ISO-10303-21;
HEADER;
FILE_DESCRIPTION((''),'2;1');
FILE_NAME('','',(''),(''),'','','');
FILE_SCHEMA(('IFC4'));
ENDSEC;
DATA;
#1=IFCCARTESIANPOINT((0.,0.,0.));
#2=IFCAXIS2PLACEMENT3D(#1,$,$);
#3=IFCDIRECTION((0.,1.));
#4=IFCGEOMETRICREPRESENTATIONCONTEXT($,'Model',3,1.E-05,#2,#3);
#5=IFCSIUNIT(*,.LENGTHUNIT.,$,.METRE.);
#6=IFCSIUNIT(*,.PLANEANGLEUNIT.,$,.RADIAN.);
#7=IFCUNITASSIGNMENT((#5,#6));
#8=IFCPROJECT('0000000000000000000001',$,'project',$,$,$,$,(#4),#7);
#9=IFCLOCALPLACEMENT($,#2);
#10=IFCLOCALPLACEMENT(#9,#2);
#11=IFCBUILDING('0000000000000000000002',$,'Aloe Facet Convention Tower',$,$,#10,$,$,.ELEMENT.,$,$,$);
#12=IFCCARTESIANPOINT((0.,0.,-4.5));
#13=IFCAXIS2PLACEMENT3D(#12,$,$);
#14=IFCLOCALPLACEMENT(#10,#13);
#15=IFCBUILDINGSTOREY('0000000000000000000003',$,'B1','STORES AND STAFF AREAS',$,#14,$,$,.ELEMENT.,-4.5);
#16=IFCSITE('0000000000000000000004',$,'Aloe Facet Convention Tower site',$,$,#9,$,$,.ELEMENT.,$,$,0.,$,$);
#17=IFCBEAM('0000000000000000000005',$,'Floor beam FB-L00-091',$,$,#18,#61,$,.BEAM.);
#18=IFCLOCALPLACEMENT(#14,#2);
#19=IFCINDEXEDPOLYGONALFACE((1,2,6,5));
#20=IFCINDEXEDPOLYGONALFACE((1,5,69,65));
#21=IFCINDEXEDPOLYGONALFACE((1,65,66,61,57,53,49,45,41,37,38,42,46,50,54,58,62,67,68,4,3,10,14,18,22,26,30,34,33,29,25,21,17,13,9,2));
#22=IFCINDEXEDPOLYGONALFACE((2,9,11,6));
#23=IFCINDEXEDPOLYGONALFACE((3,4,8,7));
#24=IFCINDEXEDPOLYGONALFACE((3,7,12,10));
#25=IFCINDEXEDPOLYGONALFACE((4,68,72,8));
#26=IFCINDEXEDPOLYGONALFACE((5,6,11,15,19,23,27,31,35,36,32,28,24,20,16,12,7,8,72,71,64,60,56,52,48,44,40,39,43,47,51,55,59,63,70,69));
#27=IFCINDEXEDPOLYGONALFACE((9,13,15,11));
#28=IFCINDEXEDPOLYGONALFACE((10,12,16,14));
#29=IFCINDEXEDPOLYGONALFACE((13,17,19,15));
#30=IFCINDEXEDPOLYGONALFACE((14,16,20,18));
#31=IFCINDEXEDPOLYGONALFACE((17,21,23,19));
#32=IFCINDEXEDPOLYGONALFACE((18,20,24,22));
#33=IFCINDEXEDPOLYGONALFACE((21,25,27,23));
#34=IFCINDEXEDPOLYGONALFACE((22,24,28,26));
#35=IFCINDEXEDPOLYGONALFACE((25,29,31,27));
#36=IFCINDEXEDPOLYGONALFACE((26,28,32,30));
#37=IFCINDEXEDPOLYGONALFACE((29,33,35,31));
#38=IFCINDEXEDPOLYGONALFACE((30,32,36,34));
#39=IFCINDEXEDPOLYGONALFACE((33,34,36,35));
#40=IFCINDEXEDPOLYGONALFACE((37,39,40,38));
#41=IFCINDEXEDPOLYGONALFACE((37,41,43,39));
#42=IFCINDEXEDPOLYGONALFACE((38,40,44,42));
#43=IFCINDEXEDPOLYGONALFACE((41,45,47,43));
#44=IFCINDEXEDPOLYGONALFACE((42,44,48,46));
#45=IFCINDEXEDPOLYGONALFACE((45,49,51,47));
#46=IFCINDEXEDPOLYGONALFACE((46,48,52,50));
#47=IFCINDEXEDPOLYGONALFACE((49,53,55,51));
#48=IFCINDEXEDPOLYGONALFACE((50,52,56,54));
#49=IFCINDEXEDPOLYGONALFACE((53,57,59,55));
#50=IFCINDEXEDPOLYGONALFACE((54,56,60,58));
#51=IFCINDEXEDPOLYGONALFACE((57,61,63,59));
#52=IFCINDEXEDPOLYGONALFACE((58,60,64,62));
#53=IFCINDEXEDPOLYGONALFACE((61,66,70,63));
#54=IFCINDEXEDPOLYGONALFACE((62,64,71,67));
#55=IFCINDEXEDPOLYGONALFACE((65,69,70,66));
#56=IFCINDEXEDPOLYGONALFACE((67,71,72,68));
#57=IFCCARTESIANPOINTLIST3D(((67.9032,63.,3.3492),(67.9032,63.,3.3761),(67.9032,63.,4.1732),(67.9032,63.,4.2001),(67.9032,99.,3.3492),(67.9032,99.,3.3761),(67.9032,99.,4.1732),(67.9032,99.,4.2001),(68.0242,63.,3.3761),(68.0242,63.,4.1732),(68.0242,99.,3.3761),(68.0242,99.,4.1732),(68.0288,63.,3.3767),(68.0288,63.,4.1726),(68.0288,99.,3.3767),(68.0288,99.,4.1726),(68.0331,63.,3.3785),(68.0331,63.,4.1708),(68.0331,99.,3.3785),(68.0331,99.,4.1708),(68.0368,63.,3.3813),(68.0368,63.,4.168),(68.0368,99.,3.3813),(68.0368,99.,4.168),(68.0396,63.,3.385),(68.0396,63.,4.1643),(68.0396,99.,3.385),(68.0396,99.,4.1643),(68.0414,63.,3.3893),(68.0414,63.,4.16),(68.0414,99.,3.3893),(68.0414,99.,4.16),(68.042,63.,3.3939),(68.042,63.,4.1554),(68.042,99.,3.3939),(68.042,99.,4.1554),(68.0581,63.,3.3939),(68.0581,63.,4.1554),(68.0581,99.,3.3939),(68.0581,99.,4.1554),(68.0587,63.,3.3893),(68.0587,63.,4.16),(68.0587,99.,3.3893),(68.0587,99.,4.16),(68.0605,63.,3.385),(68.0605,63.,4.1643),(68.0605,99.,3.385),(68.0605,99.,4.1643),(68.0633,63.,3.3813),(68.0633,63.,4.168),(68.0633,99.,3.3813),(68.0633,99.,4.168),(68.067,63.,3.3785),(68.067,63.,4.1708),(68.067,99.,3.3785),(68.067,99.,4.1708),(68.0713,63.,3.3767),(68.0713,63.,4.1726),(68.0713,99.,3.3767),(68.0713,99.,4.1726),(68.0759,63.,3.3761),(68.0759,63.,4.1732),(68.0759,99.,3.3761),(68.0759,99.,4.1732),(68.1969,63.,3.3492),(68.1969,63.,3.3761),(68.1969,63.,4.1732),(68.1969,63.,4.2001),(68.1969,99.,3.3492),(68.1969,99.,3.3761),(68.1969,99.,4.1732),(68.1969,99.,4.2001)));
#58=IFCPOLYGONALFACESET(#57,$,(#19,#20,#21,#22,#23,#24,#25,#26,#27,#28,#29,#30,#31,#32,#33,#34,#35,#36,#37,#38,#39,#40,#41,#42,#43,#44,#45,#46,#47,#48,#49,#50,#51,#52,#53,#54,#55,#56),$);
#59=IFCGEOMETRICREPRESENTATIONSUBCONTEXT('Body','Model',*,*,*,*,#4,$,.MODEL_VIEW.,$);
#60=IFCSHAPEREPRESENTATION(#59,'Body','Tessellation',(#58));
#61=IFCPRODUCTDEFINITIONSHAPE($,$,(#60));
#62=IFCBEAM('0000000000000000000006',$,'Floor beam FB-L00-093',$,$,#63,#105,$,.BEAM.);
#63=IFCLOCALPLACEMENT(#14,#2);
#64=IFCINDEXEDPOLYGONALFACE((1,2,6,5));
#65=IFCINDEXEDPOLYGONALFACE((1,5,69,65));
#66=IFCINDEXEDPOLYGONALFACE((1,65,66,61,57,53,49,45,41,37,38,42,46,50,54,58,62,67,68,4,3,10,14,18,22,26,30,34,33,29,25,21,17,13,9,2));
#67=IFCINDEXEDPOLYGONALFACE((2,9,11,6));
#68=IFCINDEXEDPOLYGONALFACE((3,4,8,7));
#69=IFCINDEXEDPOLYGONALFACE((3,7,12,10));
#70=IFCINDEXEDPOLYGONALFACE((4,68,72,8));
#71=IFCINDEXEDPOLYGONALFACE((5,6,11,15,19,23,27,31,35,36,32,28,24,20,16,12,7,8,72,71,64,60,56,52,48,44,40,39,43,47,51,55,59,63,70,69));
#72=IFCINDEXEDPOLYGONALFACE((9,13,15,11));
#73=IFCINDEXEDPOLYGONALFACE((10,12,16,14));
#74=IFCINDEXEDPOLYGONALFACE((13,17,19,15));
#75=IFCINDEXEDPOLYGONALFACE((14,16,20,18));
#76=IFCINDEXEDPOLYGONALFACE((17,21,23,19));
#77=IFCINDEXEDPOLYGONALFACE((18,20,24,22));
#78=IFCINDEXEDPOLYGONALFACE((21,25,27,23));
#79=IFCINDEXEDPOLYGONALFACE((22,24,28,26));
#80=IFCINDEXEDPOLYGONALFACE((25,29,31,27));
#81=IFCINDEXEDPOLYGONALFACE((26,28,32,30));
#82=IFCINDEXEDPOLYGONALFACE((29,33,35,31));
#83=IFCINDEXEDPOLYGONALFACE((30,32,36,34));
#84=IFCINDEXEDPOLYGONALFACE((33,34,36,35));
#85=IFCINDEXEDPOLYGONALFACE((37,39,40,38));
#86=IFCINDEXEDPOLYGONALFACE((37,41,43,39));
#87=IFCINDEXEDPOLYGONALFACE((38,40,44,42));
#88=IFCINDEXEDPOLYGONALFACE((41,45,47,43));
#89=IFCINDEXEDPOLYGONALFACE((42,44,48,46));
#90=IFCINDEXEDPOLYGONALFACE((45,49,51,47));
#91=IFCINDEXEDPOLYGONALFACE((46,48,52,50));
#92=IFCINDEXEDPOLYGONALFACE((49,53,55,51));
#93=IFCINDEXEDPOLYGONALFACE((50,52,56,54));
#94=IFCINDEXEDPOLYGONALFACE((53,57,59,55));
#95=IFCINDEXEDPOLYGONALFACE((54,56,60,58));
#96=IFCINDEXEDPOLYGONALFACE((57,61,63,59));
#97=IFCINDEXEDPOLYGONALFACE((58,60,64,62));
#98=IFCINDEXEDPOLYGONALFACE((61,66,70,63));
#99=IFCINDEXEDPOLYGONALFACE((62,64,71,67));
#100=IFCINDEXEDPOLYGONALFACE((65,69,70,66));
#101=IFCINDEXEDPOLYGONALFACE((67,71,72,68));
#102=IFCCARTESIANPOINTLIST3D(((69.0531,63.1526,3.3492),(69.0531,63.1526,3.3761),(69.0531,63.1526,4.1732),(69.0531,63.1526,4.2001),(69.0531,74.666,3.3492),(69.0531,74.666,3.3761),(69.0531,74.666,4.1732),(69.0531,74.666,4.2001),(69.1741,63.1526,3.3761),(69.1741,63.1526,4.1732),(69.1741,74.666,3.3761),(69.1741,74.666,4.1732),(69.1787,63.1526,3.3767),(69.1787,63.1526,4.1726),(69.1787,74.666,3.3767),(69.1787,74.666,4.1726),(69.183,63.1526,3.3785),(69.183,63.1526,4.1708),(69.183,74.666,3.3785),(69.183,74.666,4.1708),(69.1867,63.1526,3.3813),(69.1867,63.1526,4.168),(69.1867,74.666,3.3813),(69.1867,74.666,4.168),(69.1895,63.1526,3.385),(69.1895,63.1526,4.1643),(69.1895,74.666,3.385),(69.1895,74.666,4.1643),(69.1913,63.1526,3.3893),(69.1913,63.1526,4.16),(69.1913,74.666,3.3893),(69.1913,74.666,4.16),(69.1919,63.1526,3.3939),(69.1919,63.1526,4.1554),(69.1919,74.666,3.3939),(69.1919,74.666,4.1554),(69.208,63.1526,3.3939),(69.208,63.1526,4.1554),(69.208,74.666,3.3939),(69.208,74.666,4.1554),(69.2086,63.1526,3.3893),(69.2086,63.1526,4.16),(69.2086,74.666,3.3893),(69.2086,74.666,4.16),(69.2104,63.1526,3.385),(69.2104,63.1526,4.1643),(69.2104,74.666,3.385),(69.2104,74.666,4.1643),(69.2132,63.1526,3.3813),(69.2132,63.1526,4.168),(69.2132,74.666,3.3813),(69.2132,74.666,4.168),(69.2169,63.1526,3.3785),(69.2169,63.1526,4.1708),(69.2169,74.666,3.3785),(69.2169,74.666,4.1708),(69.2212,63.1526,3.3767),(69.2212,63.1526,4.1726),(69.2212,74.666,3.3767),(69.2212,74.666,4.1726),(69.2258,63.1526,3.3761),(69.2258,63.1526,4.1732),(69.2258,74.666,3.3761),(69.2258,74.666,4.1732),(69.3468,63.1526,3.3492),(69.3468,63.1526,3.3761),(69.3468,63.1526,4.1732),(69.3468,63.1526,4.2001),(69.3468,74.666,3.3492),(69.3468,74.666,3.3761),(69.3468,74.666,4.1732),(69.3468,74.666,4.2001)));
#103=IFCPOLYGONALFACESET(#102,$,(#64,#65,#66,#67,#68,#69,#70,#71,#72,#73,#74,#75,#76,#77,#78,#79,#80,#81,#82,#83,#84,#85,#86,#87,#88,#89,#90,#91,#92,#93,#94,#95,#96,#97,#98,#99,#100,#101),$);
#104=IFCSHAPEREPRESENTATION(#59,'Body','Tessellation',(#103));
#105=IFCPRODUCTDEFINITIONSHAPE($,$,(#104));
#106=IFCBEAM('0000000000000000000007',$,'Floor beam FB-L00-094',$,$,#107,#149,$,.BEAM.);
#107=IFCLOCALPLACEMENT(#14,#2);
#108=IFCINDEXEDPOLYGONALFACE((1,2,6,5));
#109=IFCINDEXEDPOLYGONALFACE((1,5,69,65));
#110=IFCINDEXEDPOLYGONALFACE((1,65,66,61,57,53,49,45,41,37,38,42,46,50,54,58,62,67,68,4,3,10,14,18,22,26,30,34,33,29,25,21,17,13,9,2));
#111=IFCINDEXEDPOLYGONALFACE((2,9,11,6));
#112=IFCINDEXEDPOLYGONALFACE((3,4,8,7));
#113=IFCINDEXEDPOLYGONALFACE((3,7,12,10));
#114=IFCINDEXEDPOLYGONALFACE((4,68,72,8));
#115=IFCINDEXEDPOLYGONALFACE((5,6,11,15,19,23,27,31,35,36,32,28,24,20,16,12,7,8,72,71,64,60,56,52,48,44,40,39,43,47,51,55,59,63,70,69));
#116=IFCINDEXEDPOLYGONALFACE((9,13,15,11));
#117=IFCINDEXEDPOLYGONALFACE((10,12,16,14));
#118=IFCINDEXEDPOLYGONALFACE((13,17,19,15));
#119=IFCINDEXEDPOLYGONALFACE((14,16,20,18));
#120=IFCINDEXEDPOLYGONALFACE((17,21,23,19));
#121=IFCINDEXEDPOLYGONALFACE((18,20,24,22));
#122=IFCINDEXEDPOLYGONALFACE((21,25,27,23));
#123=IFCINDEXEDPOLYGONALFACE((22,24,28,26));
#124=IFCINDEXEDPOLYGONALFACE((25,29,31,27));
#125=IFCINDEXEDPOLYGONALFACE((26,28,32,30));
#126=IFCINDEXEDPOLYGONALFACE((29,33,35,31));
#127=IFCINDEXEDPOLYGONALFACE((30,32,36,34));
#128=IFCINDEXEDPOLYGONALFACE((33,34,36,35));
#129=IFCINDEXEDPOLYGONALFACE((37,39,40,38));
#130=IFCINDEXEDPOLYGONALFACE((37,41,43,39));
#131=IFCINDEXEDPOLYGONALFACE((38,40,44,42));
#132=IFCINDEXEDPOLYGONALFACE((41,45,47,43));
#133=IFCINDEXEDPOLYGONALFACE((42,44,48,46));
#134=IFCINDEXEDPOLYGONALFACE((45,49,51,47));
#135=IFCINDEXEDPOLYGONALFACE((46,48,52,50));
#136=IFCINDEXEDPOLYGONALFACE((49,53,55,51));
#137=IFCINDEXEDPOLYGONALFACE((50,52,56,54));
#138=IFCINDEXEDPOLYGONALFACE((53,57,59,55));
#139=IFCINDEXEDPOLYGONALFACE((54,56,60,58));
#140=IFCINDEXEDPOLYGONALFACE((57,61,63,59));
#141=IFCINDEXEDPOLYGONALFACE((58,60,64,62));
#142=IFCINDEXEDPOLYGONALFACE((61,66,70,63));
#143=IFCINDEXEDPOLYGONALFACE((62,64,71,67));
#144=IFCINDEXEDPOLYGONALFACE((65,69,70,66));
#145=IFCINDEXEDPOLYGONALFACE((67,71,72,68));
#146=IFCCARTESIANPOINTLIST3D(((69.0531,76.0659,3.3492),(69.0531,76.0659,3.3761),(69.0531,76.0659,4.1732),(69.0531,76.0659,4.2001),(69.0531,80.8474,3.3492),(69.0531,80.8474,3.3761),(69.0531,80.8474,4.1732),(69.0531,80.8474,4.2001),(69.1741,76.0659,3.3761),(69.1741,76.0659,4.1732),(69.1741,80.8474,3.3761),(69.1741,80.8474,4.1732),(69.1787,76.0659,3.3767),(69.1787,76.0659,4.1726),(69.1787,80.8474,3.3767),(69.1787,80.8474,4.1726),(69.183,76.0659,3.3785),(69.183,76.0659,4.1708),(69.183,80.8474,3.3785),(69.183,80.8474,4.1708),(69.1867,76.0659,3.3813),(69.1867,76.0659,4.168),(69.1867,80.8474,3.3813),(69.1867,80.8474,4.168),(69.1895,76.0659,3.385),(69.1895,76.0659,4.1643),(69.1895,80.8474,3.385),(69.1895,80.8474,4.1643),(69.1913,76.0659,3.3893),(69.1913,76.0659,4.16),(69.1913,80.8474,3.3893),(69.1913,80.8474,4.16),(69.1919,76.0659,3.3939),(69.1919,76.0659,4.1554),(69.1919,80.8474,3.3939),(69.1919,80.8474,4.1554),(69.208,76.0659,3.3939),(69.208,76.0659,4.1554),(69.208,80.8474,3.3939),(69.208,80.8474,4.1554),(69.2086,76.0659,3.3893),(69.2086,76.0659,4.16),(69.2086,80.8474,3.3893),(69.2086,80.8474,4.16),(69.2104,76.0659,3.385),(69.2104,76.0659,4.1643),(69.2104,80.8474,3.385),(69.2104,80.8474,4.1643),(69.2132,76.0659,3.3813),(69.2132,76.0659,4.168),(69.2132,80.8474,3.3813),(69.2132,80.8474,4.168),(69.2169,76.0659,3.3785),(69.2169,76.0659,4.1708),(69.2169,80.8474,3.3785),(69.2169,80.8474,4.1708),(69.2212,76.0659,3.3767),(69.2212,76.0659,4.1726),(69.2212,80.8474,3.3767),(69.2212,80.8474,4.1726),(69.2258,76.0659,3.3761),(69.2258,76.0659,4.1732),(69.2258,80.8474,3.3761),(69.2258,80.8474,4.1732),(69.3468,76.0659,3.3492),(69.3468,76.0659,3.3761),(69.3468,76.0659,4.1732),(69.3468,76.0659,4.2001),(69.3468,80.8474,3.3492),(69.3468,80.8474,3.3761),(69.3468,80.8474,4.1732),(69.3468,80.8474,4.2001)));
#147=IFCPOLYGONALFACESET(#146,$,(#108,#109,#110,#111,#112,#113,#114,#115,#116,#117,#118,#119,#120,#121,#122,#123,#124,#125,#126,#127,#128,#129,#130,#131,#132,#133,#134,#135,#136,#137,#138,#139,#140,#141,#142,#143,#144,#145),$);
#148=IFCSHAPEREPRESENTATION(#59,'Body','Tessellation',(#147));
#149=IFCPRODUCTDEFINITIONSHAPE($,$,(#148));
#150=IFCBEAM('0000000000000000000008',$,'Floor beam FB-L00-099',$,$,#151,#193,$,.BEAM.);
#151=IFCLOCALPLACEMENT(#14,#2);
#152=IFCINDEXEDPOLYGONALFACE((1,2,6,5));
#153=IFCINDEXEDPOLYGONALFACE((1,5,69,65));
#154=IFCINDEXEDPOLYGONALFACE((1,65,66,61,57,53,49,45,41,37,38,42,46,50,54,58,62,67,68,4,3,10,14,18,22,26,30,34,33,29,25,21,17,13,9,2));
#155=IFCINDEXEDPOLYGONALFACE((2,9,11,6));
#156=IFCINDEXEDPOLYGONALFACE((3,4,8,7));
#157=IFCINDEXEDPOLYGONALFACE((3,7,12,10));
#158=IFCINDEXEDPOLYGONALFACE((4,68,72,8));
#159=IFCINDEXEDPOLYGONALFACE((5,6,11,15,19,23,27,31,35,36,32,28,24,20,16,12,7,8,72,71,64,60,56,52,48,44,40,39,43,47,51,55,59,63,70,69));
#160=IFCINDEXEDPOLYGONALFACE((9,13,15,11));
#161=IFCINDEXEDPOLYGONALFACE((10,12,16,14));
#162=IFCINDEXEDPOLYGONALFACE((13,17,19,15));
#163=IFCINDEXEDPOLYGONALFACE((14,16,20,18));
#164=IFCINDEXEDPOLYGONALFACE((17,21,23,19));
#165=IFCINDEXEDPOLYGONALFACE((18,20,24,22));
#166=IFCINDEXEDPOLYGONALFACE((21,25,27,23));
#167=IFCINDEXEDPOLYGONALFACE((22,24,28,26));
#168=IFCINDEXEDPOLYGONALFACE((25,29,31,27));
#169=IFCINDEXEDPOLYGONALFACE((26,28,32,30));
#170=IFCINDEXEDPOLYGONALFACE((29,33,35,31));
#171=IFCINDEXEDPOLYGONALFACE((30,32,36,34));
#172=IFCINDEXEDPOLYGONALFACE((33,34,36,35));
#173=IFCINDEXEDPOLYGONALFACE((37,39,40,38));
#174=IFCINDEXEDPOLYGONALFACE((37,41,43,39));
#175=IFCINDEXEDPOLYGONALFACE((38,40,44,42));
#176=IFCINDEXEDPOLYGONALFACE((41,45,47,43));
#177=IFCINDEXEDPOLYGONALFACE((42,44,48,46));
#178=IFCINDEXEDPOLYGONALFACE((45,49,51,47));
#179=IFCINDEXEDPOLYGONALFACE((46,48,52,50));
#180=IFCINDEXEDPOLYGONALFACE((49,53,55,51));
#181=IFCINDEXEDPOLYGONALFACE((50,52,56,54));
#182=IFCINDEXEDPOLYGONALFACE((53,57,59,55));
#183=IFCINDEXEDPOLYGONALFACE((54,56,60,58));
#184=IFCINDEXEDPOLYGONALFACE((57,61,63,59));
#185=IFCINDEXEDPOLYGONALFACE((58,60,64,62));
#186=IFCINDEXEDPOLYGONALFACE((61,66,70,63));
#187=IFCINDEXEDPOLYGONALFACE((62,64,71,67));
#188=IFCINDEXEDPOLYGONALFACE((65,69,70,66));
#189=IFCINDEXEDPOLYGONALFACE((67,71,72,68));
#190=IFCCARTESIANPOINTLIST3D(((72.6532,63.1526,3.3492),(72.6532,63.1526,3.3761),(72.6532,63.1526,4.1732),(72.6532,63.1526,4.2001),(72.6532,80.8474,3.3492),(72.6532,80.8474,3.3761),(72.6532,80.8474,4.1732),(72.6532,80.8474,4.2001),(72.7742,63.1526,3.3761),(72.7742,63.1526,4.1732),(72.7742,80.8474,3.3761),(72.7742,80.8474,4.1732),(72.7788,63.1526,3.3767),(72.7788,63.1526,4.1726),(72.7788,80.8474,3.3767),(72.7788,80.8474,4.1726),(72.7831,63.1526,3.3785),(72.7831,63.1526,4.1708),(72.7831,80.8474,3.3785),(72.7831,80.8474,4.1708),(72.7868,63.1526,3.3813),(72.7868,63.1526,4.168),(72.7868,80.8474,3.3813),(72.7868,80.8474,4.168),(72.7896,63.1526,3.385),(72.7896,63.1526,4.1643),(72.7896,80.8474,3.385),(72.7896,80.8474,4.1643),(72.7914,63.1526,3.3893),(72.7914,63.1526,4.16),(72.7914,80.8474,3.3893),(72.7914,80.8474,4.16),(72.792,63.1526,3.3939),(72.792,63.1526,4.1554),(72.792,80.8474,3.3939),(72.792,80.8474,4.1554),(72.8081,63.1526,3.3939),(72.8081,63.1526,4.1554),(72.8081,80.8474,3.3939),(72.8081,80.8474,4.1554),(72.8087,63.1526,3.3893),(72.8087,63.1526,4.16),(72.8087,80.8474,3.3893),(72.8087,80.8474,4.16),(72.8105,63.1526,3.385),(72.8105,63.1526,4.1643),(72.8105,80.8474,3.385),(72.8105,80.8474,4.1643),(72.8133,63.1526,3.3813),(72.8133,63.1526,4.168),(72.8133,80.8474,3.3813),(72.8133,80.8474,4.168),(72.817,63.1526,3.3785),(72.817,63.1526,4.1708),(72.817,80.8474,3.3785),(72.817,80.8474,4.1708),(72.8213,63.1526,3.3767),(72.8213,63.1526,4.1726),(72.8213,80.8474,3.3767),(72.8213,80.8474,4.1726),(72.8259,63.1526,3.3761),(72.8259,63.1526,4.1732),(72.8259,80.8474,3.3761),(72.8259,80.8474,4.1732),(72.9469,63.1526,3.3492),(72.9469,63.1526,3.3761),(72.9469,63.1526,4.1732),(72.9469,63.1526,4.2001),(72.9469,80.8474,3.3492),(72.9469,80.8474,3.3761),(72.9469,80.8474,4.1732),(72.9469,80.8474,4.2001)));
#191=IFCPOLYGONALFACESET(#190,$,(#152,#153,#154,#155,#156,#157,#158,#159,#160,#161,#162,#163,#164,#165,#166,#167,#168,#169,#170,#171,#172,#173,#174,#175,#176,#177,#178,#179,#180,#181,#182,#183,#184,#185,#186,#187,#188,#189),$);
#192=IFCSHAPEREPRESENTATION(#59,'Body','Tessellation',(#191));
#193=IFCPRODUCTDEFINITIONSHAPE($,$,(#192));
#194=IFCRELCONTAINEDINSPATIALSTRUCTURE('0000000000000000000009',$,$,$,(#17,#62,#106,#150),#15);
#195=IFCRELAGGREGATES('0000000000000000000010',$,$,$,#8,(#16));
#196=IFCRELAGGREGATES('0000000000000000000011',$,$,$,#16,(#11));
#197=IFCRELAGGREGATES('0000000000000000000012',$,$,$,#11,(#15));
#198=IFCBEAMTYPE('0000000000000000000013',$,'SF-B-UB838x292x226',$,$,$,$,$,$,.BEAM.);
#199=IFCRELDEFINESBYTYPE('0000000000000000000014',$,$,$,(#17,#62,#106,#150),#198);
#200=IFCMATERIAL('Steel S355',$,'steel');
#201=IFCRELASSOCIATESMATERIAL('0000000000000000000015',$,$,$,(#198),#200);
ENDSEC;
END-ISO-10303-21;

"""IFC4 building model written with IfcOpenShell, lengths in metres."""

from ifc_helpers import new_model, si_unit, direction, frame, origin, origin_2d, place, context, subcontext, project, spatial, i_section, extrude, material, material_profile, profile_set, type_object, element, save


model = new_model("IFC4")

# Units and contexts
model_context = context("Model", 3, precision=1e-05, world=origin(), true_north=direction((0.0, 1.0)))
body_context = subcontext(model_context, "Body", "Model", "MODEL_VIEW")
ifc_project = project(units=[si_unit("LENGTHUNIT", "METRE"), si_unit("PLANEANGLEUNIT", "RADIAN")], contexts=[model_context])

# Site, building, storey
site_placement = place(None, origin())
site = spatial("IfcSite", under=ifc_project, at=site_placement, Name="Aloe Facet Convention Tower site", CompositionType="ELEMENT", RefElevation=0.0)
building_placement = place(site_placement, origin())
building = spatial("IfcBuilding", under=site, at=building_placement, Name="Aloe Facet Convention Tower", CompositionType="ELEMENT")
storey_placement = place(building_placement, frame((0.0, 0.0, -4.5)))
storey = spatial("IfcBuildingStorey", under=building, at=storey_placement, Name="B1", Description="STORES AND STAFF AREAS", CompositionType="ELEMENT", Elevation=-4.5)

# Beams
ifc_material_1 = material(Name="Steel S355", Category="steel")
ifc_material_profile_1 = material_profile(ifc_material_1, i_section(OverallWidth=0.2937, OverallDepth=0.8508, WebThickness=0.0161, FlangeThickness=0.0269, FilletRadius=0.0178, at=origin_2d()), Name="UB 838x292x226")
ifc_profile_set_1 = profile_set([ifc_material_profile_1], Name="Steel S355")
beam_type_1 = type_object("IfcBeamType", Name="SF-B-UB838x292x226", PredefinedType="BEAM", material=ifc_profile_set_1)
beam_1_placement = place(storey_placement, frame((68.05, 63.0, 3.7747), z_axis=(0.0, 1.0, 0.0), x_axis=(-1.0, 0.0, 0.0)))
element("IfcBeam", 1, at=beam_1_placement, inside=storey, type_object=beam_type_1, Name="Floor beam FB-L00-091", PredefinedType="BEAM", context=body_context, shape_type="SweptSolid", body=[
    extrude(i_section(OverallWidth=0.2937, OverallDepth=0.8508, WebThickness=0.0161, FlangeThickness=0.0269, FilletRadius=0.0178, at=origin_2d()), origin(), (0.0, 0.0, 1.0), 36.0),
])
beam_2_placement = place(storey_placement, frame((69.2, 63.1526, 3.7747), z_axis=(0.0, 1.0, 0.0), x_axis=(-1.0, 0.0, 0.0)))
element("IfcBeam", 2, at=beam_2_placement, inside=storey, type_object=beam_type_1, Name="Floor beam FB-L00-093", PredefinedType="BEAM", context=body_context, shape_type="SweptSolid", body=[
    extrude(i_section(OverallWidth=0.2937, OverallDepth=0.8508, WebThickness=0.0161, FlangeThickness=0.0269, FilletRadius=0.0178, at=origin_2d()), origin(), (0.0, 0.0, 1.0), 11.5134),
])
beam_3_placement = place(storey_placement, frame((69.2, 76.0659, 3.7747), z_axis=(0.0, 1.0, 0.0), x_axis=(-1.0, 0.0, 0.0)))
element("IfcBeam", 3, at=beam_3_placement, inside=storey, type_object=beam_type_1, Name="Floor beam FB-L00-094", PredefinedType="BEAM", context=body_context, shape_type="SweptSolid", body=[
    extrude(i_section(OverallWidth=0.2937, OverallDepth=0.8508, WebThickness=0.0161, FlangeThickness=0.0269, FilletRadius=0.0178, at=origin_2d()), origin(), (0.0, 0.0, 1.0), 4.7815),
])
for number, where, z_axis, x_axis, name in (
    (4, (72.8, 63.1526, 3.7747), (0.0, 1.0, 0.0), (-1.0, 0.0, 0.0), "Floor beam FB-L00-099"),
):
    element("IfcBeam", number, at=place(storey_placement, frame(where, z_axis=z_axis, x_axis=x_axis)), inside=storey, type_object=beam_type_1, Name=name, PredefinedType="BEAM", context=body_context, shape_type="SweptSolid", body=[
        extrude(i_section(OverallWidth=0.2937, OverallDepth=0.8508, WebThickness=0.0161, FlangeThickness=0.0269, FilletRadius=0.0178, at=origin_2d()), origin(), (0.0, 0.0, 1.0), 17.6948),
    ])

save(model, "model.ifc")
